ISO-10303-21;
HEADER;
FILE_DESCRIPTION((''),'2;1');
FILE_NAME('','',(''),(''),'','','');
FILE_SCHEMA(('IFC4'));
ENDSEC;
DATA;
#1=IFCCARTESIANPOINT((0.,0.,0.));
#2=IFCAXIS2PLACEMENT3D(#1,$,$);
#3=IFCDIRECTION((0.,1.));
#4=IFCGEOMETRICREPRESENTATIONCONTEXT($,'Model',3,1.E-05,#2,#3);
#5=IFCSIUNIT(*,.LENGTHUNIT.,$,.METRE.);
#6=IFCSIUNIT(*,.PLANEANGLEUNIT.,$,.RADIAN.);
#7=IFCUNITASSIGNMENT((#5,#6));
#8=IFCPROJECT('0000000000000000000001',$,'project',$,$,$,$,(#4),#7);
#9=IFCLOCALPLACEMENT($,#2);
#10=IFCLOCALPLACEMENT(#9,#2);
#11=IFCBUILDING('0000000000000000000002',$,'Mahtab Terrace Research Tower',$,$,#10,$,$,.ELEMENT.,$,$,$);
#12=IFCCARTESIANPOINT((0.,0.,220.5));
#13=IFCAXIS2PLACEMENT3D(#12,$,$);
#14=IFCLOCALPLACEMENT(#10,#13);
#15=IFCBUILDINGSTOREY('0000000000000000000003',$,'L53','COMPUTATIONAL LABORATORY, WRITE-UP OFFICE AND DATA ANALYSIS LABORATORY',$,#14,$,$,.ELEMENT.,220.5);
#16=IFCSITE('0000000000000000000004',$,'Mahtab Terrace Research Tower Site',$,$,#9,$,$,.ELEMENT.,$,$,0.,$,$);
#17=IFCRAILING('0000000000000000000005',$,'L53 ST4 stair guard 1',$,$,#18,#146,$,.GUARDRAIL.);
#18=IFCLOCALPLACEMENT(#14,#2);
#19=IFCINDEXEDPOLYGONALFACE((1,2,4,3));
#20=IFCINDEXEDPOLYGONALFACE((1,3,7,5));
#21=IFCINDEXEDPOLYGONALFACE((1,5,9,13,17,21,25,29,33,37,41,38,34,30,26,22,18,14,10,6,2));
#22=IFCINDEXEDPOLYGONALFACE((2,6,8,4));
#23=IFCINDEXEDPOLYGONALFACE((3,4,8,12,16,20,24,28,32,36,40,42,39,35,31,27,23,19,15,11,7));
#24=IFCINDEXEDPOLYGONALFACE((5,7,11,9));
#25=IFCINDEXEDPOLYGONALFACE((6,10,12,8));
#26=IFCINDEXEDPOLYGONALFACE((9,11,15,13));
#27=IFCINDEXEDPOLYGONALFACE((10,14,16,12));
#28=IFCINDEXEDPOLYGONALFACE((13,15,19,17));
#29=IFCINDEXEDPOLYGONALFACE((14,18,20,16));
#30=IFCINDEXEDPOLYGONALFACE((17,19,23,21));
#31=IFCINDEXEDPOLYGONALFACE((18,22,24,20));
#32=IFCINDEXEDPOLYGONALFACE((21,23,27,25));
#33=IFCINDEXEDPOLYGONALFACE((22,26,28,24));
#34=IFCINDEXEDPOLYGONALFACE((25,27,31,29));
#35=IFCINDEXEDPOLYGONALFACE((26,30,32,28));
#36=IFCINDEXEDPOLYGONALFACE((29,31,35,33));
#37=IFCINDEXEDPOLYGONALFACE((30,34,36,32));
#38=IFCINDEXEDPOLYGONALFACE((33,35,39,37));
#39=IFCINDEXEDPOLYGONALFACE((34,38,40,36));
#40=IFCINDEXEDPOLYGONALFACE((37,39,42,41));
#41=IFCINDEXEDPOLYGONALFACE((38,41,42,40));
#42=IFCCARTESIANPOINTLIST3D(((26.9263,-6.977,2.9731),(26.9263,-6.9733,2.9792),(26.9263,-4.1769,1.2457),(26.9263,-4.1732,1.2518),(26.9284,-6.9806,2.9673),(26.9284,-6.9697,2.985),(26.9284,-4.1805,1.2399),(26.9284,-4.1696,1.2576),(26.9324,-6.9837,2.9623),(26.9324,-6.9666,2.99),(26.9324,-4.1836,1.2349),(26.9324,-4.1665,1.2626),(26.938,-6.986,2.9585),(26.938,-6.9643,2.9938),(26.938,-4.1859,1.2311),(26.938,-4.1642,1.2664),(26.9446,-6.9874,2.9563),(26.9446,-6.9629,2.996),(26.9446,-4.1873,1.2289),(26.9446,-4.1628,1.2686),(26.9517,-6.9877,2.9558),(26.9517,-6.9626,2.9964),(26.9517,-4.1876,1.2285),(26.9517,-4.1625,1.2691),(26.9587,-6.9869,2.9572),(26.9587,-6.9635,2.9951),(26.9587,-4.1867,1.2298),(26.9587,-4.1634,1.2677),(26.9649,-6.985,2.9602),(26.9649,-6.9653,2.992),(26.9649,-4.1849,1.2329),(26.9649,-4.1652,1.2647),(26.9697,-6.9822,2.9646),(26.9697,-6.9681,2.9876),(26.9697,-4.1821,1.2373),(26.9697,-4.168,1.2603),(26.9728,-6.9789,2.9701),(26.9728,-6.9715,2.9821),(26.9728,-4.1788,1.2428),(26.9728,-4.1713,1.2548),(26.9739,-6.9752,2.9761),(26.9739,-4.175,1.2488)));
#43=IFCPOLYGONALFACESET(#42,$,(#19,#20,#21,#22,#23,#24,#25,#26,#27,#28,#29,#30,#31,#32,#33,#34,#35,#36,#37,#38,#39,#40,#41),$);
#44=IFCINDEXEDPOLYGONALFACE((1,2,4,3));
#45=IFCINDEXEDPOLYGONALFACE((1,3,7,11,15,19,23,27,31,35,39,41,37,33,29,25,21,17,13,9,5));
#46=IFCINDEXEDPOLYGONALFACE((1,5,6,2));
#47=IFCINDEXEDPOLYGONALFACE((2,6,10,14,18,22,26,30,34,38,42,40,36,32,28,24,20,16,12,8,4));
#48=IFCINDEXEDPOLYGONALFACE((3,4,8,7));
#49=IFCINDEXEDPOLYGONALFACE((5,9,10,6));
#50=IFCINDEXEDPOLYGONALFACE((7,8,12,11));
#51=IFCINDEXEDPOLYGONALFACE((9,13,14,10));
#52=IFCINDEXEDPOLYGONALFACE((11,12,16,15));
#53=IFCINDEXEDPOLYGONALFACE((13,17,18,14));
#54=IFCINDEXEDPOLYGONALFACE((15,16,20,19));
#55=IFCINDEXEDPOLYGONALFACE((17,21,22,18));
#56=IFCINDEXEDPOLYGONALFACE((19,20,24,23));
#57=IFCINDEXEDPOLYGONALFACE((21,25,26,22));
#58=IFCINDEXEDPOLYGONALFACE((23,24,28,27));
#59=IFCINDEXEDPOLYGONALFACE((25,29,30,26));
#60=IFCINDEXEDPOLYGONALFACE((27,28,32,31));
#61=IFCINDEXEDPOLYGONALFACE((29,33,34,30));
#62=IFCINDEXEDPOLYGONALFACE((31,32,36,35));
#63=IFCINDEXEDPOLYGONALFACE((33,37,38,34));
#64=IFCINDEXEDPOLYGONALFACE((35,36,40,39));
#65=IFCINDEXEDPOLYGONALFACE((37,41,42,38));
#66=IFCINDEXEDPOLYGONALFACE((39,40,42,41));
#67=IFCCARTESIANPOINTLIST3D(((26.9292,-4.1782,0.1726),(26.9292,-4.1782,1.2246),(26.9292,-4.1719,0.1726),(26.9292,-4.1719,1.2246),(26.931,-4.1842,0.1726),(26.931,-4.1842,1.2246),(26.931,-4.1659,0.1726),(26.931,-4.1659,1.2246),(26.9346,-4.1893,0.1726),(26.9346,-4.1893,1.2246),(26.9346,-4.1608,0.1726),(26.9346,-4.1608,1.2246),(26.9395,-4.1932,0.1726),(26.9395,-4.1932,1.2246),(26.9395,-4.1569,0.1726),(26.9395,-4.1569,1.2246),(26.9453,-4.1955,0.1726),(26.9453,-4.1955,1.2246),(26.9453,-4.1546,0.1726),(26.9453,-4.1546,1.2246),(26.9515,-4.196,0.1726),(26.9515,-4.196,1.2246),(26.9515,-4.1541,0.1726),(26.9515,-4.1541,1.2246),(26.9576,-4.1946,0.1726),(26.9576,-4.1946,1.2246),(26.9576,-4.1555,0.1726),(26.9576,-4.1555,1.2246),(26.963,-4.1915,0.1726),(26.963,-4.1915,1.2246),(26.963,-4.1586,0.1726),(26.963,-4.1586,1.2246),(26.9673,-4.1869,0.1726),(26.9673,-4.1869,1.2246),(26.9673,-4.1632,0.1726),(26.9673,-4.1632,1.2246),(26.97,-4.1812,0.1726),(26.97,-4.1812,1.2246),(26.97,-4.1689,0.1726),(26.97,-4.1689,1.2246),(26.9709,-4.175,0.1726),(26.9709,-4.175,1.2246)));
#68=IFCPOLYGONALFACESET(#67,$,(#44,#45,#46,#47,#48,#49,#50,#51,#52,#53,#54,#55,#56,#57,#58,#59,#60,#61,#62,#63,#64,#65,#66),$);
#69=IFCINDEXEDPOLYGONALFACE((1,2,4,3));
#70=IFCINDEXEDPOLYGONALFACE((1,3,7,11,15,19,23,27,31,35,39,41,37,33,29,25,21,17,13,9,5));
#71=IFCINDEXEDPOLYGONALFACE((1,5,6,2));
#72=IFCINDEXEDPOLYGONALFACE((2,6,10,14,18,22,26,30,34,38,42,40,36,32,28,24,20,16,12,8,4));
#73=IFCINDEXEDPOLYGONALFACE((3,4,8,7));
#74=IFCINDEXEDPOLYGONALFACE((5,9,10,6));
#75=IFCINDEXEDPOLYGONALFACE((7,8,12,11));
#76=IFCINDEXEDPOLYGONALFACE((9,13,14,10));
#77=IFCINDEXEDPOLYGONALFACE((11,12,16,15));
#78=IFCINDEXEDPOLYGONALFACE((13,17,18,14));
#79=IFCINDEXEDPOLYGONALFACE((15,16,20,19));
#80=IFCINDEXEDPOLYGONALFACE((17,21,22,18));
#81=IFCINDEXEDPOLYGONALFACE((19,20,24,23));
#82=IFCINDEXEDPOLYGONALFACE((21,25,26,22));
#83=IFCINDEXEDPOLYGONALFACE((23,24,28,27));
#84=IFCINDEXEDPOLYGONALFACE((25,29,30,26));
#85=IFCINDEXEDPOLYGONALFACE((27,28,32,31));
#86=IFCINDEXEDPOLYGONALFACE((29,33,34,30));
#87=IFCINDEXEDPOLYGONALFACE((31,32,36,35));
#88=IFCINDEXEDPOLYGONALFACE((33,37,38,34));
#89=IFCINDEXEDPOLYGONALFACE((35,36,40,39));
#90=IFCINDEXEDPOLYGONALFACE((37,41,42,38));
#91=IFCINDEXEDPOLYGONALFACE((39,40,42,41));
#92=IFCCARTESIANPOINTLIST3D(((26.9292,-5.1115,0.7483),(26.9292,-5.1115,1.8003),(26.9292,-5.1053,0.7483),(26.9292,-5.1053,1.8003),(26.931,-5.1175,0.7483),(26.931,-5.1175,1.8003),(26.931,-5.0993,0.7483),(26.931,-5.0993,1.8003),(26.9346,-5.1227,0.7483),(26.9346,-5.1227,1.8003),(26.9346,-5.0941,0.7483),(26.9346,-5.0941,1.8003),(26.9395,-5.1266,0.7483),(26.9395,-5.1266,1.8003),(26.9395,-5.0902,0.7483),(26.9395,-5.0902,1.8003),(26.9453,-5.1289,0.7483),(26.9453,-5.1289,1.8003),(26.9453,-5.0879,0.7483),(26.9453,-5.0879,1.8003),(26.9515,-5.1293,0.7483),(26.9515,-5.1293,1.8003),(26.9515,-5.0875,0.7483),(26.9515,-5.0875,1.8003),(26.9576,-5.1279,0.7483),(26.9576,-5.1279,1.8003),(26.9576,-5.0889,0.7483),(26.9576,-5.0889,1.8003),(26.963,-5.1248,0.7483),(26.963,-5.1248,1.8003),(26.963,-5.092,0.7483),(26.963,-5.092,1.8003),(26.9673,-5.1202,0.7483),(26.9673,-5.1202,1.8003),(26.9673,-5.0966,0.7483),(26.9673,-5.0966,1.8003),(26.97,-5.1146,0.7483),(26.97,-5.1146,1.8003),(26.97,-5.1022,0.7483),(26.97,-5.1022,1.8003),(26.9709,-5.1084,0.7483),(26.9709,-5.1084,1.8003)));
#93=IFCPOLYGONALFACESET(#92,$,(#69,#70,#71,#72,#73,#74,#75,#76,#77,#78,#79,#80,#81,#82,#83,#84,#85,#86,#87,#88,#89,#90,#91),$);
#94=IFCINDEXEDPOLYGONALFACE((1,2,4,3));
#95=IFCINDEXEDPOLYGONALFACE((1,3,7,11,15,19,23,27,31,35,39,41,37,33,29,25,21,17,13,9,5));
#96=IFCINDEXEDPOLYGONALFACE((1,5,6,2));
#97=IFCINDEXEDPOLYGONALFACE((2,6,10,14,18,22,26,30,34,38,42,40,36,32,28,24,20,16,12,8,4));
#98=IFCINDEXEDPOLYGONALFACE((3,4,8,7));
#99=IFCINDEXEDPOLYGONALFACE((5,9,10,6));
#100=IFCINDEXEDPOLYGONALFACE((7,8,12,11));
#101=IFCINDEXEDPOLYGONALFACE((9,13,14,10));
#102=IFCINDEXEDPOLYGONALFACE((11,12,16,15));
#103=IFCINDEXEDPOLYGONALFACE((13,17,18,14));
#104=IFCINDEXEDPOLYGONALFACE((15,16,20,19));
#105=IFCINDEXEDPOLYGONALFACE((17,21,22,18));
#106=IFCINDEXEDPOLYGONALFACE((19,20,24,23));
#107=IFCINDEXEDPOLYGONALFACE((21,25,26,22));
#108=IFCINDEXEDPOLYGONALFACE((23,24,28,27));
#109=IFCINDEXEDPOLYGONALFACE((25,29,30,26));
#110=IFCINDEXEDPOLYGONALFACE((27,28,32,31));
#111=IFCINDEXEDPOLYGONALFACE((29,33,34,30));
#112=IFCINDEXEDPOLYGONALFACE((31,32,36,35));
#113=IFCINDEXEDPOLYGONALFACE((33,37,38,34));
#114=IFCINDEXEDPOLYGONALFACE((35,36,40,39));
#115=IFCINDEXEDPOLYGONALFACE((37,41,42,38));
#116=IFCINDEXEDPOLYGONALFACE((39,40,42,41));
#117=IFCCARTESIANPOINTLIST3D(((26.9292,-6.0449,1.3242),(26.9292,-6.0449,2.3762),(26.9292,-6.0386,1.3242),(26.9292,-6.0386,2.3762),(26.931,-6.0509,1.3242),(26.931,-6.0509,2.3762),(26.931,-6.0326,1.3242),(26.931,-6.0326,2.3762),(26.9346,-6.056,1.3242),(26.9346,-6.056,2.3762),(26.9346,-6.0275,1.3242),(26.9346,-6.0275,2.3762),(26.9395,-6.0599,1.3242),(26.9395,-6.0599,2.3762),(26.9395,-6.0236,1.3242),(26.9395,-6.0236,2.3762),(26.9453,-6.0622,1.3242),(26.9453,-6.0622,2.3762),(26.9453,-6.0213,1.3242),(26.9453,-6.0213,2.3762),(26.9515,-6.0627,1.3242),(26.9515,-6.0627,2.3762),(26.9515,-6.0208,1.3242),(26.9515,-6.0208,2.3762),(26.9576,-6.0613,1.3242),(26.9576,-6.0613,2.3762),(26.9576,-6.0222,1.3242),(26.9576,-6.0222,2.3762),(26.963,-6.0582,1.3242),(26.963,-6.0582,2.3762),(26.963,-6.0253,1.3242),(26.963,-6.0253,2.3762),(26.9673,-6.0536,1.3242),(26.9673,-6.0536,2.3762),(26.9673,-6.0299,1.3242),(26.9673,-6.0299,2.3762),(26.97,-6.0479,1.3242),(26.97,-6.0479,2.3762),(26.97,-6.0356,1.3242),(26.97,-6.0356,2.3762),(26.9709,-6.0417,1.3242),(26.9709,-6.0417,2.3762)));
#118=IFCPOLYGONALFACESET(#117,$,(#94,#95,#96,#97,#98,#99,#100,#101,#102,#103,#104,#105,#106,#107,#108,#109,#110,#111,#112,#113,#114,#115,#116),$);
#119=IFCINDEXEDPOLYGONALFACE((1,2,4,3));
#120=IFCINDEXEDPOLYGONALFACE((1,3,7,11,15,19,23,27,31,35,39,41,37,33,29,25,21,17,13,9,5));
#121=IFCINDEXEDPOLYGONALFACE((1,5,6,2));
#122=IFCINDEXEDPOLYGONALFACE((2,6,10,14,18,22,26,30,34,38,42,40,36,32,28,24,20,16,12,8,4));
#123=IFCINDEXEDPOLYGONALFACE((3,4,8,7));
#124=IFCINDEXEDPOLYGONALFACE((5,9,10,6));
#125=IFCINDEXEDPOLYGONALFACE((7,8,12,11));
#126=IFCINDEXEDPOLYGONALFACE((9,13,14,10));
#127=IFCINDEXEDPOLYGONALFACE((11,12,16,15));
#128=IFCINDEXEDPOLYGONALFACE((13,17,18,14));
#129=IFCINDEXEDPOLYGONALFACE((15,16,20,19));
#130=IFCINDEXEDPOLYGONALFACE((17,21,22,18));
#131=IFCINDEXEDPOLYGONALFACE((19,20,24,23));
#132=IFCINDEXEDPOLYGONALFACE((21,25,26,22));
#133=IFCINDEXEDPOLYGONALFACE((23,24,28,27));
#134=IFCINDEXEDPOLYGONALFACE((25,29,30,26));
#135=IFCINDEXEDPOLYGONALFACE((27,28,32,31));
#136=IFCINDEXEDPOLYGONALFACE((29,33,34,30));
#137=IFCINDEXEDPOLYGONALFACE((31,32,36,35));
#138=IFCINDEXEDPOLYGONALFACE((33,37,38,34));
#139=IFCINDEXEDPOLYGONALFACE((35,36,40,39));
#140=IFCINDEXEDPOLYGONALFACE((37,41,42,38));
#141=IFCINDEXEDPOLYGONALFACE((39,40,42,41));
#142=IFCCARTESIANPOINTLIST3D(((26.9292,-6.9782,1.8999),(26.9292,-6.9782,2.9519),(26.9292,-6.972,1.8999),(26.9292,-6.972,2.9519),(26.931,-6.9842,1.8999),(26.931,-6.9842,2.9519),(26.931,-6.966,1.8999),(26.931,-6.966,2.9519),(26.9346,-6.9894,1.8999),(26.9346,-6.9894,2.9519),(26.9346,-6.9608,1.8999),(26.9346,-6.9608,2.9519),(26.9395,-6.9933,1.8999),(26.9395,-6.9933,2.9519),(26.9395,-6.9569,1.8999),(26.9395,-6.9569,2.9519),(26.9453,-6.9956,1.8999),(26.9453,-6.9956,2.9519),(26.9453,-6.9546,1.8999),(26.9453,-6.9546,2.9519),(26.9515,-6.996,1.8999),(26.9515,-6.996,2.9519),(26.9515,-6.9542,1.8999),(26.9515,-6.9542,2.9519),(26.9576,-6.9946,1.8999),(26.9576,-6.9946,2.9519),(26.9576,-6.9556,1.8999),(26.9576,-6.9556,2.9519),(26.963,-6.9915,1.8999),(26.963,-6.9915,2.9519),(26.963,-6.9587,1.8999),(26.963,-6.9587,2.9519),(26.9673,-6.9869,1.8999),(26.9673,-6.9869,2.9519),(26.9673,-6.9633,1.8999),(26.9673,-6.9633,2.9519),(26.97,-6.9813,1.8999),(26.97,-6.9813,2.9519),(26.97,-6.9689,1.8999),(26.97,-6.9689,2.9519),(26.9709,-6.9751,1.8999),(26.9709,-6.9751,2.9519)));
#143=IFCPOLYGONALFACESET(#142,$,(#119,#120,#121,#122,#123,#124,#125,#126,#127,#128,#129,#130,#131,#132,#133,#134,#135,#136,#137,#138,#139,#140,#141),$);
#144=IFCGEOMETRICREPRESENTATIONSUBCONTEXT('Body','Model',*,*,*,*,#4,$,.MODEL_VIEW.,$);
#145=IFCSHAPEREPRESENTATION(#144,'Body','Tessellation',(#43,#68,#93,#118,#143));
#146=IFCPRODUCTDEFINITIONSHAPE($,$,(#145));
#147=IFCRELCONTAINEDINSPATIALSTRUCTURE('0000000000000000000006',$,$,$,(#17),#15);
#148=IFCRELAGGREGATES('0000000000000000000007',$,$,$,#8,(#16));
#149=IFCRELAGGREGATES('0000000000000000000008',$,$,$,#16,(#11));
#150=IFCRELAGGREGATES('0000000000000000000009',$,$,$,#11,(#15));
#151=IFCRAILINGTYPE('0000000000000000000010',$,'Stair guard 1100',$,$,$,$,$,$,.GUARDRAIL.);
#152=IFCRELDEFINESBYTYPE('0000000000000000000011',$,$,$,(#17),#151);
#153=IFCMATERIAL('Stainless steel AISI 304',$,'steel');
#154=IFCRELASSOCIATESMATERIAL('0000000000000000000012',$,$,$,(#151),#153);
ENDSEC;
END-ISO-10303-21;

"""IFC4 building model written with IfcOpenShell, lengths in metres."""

from ifc_helpers import new_model, si_unit, direction, frame, origin, origin_2d, place, context, subcontext, project, spatial, circle, extrude, material, type_object, element, save


model = new_model("IFC4")

# Units and contexts
model_context = context("Model", 3, precision=1e-05, world=origin(), true_north=direction((0.0, 1.0)))
body_context = subcontext(model_context, "Body", "Model", "MODEL_VIEW")
ifc_project = project(units=[si_unit("LENGTHUNIT", "METRE"), si_unit("PLANEANGLEUNIT", "RADIAN")], contexts=[model_context])

# Site, building, storey
site_placement = place(None, origin())
site = spatial("IfcSite", under=ifc_project, at=site_placement, Name="Mahtab Terrace Research Tower Site", CompositionType="ELEMENT", RefElevation=0.0)
building_placement = place(site_placement, origin())
building = spatial("IfcBuilding", under=site, at=building_placement, Name="Mahtab Terrace Research Tower", CompositionType="ELEMENT")
storey_placement = place(building_placement, frame((0.0, 0.0, 220.5)))
storey = spatial("IfcBuildingStorey", under=building, at=storey_placement, Name="L53", Description="COMPUTATIONAL LABORATORY, WRITE-UP OFFICE AND DATA ANALYSIS LABORATORY", CompositionType="ELEMENT", Elevation=220.5)

# Shared definitions
ifc_material_1 = material(Name="Stainless steel AISI 304", Category="steel")

# Railing
railing_type_1 = type_object("IfcRailingType", Name="Stair guard 1100", PredefinedType="GUARDRAIL", material=ifc_material_1)
railing_1_placement = place(storey_placement, frame((26.95, -4.175, 0.1726)))
element("IfcRailing", 1, at=railing_1_placement, inside=storey, type_object=railing_type_1, Name="L53 ST4 stair guard 1", PredefinedType="GUARDRAIL", context=body_context, shape_type="SweptSolid", body=[
    extrude(circle(Radius=0.0239, at=origin_2d()), frame((0.0, 0.0, 1.0762), z_axis=(0.0, -0.85109, 0.52502), x_axis=(1.0, 0.0, 0.0)), (0.0, 0.0, 1.0), 3.29),
    extrude(circle(Radius=0.021, at=origin_2d()), origin(), (0.0, 0.0, 1.0), 1.052),
    extrude(circle(Radius=0.021, at=origin_2d()), frame((0.0, -0.9333, 0.5757)), (0.0, 0.0, 1.0), 1.052),
    extrude(circle(Radius=0.021, at=origin_2d()), frame((0.0, -1.8667, 1.1516)), (0.0, 0.0, 1.0), 1.052),
    extrude(circle(Radius=0.021, at=origin_2d()), frame((0.0, -2.8, 1.7273)), (0.0, 0.0, 1.0), 1.052),
])

save(model, "model.ifc")
